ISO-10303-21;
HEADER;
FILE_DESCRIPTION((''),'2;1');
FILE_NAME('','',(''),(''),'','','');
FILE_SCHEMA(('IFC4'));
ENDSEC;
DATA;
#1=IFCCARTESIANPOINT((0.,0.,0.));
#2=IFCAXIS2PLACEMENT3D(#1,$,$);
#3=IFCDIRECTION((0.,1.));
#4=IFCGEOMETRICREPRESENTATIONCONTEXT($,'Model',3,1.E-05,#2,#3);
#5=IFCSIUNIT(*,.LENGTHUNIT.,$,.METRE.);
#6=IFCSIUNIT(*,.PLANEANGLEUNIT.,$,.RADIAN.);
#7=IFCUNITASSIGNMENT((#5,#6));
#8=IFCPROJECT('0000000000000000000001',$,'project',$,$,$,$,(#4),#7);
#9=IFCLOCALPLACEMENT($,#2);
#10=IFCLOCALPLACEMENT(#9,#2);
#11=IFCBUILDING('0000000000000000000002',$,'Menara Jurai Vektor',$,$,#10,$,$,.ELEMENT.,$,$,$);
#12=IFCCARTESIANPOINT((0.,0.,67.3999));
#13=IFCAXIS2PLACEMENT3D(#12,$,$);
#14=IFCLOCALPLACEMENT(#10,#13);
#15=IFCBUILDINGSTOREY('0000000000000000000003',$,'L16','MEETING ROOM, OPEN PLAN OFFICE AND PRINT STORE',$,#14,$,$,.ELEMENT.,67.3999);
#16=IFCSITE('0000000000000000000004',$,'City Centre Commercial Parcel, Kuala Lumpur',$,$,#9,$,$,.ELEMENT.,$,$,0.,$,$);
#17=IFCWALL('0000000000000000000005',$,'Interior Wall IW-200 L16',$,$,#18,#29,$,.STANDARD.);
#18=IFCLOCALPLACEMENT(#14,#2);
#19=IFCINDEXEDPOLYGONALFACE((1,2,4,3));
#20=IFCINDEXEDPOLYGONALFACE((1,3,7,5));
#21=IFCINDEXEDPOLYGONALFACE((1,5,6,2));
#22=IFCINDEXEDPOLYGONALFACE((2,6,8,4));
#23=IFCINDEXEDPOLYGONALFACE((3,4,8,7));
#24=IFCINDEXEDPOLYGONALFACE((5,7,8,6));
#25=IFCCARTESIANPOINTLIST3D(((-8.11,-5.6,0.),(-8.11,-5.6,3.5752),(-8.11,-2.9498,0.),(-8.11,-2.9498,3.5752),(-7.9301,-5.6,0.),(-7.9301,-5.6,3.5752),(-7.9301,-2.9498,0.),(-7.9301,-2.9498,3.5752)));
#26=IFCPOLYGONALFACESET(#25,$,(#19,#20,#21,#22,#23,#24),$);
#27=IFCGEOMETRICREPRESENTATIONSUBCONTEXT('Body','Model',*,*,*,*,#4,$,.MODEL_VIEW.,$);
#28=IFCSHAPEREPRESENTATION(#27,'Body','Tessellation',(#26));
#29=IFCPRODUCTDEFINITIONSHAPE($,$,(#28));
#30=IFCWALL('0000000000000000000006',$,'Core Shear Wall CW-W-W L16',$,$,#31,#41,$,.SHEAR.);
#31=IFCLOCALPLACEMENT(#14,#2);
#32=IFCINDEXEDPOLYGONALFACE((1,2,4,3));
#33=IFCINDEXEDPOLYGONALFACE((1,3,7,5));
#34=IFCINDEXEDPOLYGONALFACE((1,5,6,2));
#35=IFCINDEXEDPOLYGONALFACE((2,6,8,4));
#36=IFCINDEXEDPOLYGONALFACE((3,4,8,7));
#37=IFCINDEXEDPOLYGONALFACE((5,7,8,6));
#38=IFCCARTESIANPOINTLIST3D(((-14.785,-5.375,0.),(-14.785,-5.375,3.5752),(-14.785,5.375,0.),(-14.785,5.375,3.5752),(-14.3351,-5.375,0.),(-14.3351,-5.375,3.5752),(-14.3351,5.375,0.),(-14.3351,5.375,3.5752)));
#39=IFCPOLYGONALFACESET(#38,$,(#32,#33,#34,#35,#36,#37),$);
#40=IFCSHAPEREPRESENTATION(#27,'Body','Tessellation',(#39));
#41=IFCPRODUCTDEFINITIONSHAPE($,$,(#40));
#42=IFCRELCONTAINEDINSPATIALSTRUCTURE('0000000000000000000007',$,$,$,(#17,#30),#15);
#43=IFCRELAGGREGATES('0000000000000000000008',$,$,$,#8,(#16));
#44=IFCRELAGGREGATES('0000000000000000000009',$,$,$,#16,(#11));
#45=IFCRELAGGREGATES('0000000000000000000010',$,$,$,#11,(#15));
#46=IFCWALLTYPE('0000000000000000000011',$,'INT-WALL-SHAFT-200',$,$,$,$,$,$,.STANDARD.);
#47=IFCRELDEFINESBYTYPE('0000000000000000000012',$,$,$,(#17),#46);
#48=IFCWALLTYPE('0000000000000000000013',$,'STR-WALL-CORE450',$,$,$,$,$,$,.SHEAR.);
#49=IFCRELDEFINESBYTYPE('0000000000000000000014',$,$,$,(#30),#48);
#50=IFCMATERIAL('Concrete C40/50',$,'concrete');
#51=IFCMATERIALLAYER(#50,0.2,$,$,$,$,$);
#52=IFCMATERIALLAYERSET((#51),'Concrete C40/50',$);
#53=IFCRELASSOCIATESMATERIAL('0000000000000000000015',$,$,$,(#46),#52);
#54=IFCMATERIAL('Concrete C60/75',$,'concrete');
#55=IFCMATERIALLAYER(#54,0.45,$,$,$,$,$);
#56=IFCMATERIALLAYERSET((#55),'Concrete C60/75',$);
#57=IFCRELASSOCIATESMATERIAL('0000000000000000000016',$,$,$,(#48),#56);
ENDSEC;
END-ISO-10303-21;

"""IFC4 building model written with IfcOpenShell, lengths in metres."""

from ifc_helpers import new_model, si_unit, direction, frame, frame_2d, origin, place, context, subcontext, project, spatial, rectangle, extrude, material, layer, layer_set, type_object, element, save


model = new_model("IFC4")

# Units and contexts
model_context = context("Model", 3, precision=1e-05, world=origin(), true_north=direction((0.0, 1.0)))
body_context = subcontext(model_context, "Body", "Model", "MODEL_VIEW")
ifc_project = project(units=[si_unit("LENGTHUNIT", "METRE"), si_unit("PLANEANGLEUNIT", "RADIAN")], contexts=[model_context])

# Site, building, storey
site_placement = place(None, origin())
site = spatial("IfcSite", under=ifc_project, at=site_placement, Name="City Centre Commercial Parcel, Kuala Lumpur", CompositionType="ELEMENT", RefElevation=0.0)
building_placement = place(site_placement, origin())
building = spatial("IfcBuilding", under=site, at=building_placement, Name="Menara Jurai Vektor", CompositionType="ELEMENT")
storey_placement = place(building_placement, frame((0.0, 0.0, 67.3999)))
storey = spatial("IfcBuildingStorey", under=building, at=storey_placement, Name="L16", Description="MEETING ROOM, OPEN PLAN OFFICE AND PRINT STORE", CompositionType="ELEMENT", Elevation=67.3999)

# Shared definitions
ifc_material_1 = material(Name="Concrete C60/75", Category="concrete")

# Shared definitions
ifc_material_2 = material(Name="Concrete C40/50", Category="concrete")

# Shared definitions
ifc_layer_1 = layer(ifc_material_2, 0.2)
ifc_layer_set_1 = layer_set([ifc_layer_1], Name="Concrete C40/50")
wall_type_1 = type_object("IfcWallType", Name="INT-WALL-SHAFT-200", PredefinedType="STANDARD", material=ifc_layer_set_1)

# Walls
for number, where, z_axis, x_axis, name in (
    (1, (-8.02, -5.6001, 0.0), (0.0, 0.0, 1.0), (0.0, 1.0, 0.0), "Interior Wall IW-200 L16"),
):
    element("IfcWall", number, at=place(storey_placement, frame(where, z_axis=z_axis, x_axis=x_axis)), inside=storey, type_object=wall_type_1, Name=name, PredefinedType="STANDARD", context=body_context, shape_type="SweptSolid", body=[
        extrude(rectangle(XDim=2.6501, YDim=0.1799, at=frame_2d((1.3252, 0.0))), origin(), (0.0, 0.0, 1.0), 3.5752),
    ])
ifc_layer_2 = layer(ifc_material_1, 0.45)
ifc_layer_set_2 = layer_set([ifc_layer_2], Name="Concrete C60/75")
wall_type_2 = type_object("IfcWallType", Name="STR-WALL-CORE450", PredefinedType="SHEAR", material=ifc_layer_set_2)
wall_1_placement = place(storey_placement, frame((-14.5601, -5.375, 0.0), z_axis=(0.0, 0.0, 1.0), x_axis=(0.0, 1.0, 0.0)))
element("IfcWall", 2, at=wall_1_placement, inside=storey, type_object=wall_type_2, Name="Core Shear Wall CW-W-W L16", PredefinedType="SHEAR", context=body_context, shape_type="SweptSolid", body=[
    extrude(rectangle(XDim=10.75, YDim=0.45, at=frame_2d((5.375, 0.0))), origin(), (0.0, 0.0, 1.0), 3.5752),
])

save(model, "model.ifc")
